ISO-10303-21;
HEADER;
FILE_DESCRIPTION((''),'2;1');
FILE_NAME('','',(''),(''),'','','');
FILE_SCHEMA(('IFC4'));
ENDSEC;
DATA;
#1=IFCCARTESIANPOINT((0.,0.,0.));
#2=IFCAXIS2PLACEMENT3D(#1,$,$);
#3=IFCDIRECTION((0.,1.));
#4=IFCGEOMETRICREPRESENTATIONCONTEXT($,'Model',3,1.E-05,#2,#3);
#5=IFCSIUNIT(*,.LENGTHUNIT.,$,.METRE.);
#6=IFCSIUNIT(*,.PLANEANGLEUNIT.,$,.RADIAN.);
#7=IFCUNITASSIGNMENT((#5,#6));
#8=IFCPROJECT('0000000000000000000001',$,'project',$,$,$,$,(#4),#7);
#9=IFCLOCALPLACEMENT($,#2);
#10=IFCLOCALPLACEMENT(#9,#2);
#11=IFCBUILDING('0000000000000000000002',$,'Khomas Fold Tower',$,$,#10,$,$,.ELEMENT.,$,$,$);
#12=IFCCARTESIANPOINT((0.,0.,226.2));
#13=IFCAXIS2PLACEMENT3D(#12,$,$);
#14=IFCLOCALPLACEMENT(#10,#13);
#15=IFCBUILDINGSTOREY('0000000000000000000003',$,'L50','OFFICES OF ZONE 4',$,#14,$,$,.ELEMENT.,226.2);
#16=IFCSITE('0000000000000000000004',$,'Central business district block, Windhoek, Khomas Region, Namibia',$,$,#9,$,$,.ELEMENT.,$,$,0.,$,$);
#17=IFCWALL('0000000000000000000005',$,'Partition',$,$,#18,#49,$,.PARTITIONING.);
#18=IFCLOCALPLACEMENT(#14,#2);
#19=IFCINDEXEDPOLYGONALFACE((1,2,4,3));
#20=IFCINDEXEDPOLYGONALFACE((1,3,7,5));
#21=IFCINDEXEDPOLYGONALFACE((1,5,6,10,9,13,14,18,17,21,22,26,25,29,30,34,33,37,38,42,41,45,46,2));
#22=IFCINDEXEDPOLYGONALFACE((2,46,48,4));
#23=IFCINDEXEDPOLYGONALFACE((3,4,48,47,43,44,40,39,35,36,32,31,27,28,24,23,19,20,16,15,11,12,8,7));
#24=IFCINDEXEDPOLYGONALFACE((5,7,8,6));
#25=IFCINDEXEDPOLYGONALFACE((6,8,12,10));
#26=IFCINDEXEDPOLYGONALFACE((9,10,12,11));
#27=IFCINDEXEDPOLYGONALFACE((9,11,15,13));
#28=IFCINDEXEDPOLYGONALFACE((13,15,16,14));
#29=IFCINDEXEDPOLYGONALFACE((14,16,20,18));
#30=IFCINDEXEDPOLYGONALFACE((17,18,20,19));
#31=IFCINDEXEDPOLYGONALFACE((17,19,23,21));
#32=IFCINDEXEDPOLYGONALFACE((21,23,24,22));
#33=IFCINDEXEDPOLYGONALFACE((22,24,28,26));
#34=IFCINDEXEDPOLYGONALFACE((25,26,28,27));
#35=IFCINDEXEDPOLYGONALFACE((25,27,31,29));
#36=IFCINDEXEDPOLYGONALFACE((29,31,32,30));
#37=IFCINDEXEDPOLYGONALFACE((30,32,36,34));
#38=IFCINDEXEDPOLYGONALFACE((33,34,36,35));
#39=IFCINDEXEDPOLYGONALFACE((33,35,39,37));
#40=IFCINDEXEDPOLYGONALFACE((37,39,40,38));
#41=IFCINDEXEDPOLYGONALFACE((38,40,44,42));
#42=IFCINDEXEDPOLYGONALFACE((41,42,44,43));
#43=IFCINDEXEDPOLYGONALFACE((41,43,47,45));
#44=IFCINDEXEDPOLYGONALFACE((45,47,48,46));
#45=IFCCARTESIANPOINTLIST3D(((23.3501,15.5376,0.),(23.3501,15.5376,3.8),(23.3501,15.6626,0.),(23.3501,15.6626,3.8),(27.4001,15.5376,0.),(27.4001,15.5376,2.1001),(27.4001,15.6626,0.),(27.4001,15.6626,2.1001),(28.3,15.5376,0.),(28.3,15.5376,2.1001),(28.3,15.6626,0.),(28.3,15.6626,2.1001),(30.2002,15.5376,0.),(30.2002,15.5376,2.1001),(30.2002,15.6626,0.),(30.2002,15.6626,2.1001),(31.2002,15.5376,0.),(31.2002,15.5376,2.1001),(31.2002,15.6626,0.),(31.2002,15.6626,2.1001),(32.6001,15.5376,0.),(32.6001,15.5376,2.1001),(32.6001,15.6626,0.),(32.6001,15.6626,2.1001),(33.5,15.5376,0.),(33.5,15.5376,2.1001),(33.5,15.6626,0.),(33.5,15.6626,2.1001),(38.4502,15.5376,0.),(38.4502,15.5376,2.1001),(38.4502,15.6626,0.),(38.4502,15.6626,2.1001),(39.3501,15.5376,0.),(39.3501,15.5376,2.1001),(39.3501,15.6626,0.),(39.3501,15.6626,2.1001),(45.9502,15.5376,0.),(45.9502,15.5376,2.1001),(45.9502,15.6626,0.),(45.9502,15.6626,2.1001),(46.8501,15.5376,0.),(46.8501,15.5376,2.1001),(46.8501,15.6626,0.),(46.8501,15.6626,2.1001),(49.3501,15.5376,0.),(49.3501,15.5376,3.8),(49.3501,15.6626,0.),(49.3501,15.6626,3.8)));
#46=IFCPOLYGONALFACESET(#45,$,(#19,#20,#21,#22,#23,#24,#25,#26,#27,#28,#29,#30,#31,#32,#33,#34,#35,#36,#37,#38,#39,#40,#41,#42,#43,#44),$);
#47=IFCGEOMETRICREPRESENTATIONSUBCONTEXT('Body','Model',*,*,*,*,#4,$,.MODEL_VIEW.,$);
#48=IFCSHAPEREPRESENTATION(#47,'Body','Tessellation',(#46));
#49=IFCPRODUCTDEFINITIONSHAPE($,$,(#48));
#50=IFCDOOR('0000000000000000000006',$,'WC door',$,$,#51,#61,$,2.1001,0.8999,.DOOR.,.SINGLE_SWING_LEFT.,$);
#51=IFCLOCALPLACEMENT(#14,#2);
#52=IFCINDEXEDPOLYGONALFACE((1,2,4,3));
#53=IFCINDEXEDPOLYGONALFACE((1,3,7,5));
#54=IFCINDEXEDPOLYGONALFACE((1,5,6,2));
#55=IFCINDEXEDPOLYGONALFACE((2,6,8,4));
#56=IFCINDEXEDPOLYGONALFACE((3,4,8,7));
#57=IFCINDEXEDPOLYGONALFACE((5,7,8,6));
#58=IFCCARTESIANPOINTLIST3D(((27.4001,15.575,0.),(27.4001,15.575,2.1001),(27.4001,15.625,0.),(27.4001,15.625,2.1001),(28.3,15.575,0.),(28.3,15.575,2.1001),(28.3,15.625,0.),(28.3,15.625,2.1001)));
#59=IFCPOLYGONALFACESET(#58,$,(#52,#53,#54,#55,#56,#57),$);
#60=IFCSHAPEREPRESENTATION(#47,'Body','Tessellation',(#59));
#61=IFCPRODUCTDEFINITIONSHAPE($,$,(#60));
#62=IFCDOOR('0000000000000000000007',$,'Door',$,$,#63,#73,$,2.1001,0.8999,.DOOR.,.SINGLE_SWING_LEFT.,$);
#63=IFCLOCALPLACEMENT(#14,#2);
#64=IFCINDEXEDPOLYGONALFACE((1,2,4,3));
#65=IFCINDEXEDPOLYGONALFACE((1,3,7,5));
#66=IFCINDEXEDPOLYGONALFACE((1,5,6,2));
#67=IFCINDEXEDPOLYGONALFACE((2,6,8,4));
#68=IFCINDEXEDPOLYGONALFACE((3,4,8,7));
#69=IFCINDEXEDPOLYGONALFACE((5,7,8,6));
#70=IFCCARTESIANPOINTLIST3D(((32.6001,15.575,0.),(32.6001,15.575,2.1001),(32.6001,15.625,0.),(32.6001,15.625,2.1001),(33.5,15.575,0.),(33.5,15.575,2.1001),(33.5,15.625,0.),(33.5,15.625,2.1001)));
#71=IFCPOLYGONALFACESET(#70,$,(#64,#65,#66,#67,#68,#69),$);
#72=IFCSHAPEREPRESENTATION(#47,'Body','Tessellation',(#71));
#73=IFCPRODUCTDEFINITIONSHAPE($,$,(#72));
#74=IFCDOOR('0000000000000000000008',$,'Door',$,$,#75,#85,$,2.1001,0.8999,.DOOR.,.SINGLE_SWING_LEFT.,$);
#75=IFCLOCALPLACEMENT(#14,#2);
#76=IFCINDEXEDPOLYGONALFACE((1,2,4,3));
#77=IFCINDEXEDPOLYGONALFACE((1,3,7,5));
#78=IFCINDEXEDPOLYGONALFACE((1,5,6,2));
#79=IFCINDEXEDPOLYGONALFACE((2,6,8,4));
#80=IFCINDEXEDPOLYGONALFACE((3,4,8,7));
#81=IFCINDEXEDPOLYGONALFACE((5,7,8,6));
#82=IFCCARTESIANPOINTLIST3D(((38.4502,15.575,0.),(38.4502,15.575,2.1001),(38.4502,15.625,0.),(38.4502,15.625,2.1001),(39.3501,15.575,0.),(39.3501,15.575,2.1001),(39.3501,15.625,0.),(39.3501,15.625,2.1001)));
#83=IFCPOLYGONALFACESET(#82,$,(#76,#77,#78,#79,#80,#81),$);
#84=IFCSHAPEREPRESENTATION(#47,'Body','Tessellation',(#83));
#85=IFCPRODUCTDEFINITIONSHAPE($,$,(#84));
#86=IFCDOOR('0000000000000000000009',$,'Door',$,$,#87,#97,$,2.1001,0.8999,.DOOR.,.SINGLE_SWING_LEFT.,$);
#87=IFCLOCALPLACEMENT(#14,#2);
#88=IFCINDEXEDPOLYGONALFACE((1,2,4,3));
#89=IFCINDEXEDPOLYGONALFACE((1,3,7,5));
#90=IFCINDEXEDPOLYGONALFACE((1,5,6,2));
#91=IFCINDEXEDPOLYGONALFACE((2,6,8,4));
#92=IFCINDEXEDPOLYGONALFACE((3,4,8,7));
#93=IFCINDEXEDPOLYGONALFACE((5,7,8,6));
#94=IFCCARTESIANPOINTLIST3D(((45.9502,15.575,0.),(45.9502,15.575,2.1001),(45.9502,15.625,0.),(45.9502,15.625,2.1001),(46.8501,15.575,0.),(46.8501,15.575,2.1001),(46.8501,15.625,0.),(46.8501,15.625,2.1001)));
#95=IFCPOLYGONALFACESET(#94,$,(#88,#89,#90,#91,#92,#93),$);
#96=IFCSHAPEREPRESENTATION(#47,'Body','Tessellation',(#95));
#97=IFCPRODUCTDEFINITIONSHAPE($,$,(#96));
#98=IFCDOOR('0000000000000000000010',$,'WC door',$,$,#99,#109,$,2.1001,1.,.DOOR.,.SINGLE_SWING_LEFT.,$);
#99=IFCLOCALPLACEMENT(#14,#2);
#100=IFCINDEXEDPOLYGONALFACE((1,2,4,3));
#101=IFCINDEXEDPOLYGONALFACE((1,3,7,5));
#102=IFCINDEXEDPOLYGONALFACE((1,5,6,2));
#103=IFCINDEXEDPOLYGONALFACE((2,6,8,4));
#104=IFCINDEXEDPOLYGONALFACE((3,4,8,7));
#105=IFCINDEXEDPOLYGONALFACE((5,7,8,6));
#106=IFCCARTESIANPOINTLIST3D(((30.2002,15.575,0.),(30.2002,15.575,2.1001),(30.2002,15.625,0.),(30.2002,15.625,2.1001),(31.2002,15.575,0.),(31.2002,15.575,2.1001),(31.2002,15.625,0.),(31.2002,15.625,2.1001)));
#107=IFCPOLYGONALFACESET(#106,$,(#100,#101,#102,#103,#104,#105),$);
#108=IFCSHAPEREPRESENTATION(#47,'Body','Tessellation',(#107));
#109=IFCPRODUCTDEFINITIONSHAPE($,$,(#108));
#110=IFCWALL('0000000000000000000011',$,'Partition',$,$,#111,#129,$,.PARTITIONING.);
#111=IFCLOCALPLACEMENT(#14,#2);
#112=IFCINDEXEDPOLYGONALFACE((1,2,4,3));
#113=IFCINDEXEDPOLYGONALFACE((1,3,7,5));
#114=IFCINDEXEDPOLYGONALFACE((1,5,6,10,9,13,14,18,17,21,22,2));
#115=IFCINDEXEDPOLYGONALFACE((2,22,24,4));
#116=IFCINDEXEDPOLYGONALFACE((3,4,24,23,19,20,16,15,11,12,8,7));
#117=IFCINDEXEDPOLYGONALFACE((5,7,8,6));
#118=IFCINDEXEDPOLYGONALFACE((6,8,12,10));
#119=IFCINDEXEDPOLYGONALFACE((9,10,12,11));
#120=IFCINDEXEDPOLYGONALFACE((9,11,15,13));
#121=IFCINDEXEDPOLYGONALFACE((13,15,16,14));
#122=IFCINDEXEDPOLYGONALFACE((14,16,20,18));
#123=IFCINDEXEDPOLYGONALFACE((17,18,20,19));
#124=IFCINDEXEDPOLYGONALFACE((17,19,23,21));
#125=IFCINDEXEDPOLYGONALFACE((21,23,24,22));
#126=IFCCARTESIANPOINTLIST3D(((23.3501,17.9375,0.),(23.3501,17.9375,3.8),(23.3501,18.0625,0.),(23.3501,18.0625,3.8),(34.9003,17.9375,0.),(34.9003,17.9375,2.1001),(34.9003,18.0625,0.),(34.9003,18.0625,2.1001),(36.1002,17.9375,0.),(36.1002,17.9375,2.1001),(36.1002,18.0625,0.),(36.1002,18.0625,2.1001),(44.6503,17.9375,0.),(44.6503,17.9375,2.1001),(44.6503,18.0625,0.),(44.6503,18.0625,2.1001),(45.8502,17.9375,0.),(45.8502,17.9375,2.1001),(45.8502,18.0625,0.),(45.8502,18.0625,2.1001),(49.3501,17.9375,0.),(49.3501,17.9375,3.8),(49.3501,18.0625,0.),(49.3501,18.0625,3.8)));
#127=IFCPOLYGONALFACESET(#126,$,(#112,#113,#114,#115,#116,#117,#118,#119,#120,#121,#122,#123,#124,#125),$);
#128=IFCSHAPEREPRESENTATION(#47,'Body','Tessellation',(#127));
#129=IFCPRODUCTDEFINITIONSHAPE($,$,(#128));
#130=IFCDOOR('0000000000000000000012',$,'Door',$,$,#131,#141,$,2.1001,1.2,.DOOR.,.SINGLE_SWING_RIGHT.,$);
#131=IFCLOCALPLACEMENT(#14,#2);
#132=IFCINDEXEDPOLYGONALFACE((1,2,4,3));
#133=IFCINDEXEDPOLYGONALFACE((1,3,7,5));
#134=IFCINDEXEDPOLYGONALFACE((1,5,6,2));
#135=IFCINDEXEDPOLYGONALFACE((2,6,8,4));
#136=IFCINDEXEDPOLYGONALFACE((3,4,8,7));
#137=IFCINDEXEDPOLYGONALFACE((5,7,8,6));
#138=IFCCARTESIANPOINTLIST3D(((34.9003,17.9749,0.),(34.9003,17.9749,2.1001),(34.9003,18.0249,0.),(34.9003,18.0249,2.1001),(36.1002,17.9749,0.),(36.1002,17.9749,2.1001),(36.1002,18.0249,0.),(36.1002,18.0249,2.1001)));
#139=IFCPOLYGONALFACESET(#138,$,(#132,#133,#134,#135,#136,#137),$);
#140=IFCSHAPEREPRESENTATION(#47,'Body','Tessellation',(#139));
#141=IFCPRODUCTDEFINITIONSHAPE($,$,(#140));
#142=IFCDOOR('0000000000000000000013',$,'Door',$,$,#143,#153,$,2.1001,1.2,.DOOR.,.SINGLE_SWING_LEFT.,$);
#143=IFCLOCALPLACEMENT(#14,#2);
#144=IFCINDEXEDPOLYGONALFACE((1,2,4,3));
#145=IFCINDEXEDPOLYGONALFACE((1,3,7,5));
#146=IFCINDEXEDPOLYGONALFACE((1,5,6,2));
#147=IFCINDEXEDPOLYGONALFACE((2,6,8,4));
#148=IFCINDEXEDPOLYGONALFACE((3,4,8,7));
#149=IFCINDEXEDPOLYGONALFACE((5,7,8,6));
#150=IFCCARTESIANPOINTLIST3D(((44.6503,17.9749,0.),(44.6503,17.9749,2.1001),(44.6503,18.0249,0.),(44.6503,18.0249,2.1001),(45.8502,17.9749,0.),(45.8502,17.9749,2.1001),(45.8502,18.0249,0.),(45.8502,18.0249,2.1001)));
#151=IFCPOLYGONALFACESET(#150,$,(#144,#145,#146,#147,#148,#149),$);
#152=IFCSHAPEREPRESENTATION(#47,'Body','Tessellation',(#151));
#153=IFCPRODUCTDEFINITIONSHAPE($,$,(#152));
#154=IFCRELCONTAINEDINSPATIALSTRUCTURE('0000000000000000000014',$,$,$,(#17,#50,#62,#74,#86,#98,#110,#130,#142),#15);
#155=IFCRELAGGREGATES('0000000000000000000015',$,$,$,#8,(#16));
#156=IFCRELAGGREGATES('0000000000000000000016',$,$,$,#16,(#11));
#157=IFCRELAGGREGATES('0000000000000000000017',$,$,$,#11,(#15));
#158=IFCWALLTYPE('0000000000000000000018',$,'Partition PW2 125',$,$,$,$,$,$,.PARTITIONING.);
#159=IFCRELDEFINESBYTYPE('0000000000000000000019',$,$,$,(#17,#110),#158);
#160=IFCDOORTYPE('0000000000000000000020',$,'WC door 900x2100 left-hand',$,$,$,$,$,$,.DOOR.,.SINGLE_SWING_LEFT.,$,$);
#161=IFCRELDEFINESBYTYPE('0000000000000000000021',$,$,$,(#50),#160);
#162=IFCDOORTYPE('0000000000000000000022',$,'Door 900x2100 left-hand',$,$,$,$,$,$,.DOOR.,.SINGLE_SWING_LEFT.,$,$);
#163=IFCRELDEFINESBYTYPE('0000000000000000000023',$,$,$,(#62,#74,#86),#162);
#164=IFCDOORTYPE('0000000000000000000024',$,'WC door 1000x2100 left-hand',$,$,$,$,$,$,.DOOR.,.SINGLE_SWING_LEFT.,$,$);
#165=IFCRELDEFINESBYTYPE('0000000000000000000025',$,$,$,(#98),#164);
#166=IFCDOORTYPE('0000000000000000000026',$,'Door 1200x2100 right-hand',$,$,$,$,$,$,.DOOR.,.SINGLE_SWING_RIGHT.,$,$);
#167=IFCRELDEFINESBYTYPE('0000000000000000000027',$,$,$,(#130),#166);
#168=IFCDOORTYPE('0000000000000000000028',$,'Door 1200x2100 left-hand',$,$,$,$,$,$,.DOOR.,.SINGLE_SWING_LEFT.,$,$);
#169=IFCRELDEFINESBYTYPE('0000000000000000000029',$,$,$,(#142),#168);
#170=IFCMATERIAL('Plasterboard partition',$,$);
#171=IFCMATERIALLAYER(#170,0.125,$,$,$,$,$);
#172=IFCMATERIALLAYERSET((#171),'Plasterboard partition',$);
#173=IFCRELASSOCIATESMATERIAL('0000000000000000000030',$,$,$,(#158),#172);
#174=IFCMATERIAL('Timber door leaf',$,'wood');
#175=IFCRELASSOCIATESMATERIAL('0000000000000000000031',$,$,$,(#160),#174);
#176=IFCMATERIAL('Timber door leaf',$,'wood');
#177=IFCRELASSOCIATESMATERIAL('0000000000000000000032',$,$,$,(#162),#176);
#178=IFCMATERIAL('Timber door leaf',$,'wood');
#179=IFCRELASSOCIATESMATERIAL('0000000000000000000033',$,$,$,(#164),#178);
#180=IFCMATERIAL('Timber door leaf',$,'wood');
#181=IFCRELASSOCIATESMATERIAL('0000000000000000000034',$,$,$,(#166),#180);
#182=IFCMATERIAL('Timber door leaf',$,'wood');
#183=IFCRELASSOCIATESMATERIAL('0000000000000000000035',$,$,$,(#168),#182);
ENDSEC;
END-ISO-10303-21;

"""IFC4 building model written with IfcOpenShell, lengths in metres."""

from ifc_helpers import new_model, si_unit, direction, frame, frame_2d, origin, place, context, subcontext, project, spatial, rectangle, extrude, source, transform, mapped, material, layer, layer_set, type_object, element, fill, save


model = new_model("IFC4")

# Units and contexts
model_context = context("Model", 3, precision=1e-05, world=origin(), true_north=direction((0.0, 1.0)))
body_context = subcontext(model_context, "Body", "Model", "MODEL_VIEW")
ifc_project = project(units=[si_unit("LENGTHUNIT", "METRE"), si_unit("PLANEANGLEUNIT", "RADIAN")], contexts=[model_context])

# Site, building, storey
site_placement = place(None, origin())
site = spatial("IfcSite", under=ifc_project, at=site_placement, Name="Central business district block, Windhoek, Khomas Region, Namibia", CompositionType="ELEMENT", RefElevation=0.0)
building_placement = place(site_placement, origin())
building = spatial("IfcBuilding", under=site, at=building_placement, Name="Khomas Fold Tower", CompositionType="ELEMENT")
storey_placement = place(building_placement, frame((0.0, 0.0, 226.2)))
storey = spatial("IfcBuildingStorey", under=building, at=storey_placement, Name="L50", Description="OFFICES OF ZONE 4", CompositionType="ELEMENT", Elevation=226.2)

# Walls, openings, doors
ifc_material_1 = material(Name="Plasterboard partition")
ifc_layer_1 = layer(ifc_material_1, 0.125)
ifc_layer_set_1 = layer_set([ifc_layer_1], Name="Plasterboard partition")
wall_type_1 = type_object("IfcWallType", Name="Partition PW2 125", PredefinedType="PARTITIONING", material=ifc_layer_set_1)
shared_shape_1 = source(origin(), body_context, "Body", "SweptSolid", [
    extrude(rectangle(XDim=26.0, YDim=0.125, at=frame_2d((13.0, 0.0))), origin(), (0.0, 0.0, 1.0), 3.8),
])
wall_1_placement = place(storey_placement, frame((23.3501, 15.6001, 0.0), z_axis=(0.0, 0.0, 1.0), x_axis=(1.0, 0.0, 0.0)))
wall_1 = element("IfcWall", 1, at=wall_1_placement, inside=storey, type_object=wall_type_1, Name="Partition", PredefinedType="PARTITIONING", context=body_context, shape_type="MappedRepresentation", body=[
    mapped(shared_shape_1, transform((0.0, 0.0, 0.0))),
])
shared_shape_2 = source(origin(), body_context, "Body", "SweptSolid", [
    extrude(rectangle(XDim=0.8999, YDim=2.1001, at=frame_2d((0.45, 1.05))), frame((0.0, 0.0725, 0.0), z_axis=(0.0, -1.0, 0.0), x_axis=(1.0, 0.0, 0.0)), (0.0, 0.0, 1.0), 0.145),
])
opening_1_placement = place(wall_1_placement, frame((4.05, 0.0, 0.0)))
opening_1 = element("IfcOpeningElement", 2, at=opening_1_placement, cuts=wall_1, PredefinedType="OPENING", context=body_context, shape_type="MappedRepresentation", body=[
    mapped(shared_shape_2, transform((0.0, 0.0, 0.0))),
])
shared_shape_3 = source(origin(), body_context, "Body", "SweptSolid", [
    extrude(rectangle(XDim=1.0, YDim=2.1001, at=frame_2d((0.5, 1.05))), frame((0.0, 0.0725, 0.0), z_axis=(0.0, -1.0, 0.0), x_axis=(1.0, 0.0, 0.0)), (0.0, 0.0, 1.0), 0.145),
])
opening_2_placement = place(wall_1_placement, frame((6.8501, 0.0, 0.0)))
opening_2 = element("IfcOpeningElement", 3, at=opening_2_placement, cuts=wall_1, PredefinedType="OPENING", context=body_context, shape_type="MappedRepresentation", body=[
    mapped(shared_shape_3, transform((0.0, 0.0, 0.0))),
])
opening_3_placement = place(wall_1_placement, frame((9.25, 0.0, 0.0)))
opening_3 = element("IfcOpeningElement", 4, at=opening_3_placement, cuts=wall_1, PredefinedType="OPENING", context=body_context, shape_type="MappedRepresentation", body=[
    mapped(shared_shape_2, transform((0.0, 0.0, 0.0))),
])
opening_4_placement = place(wall_1_placement, frame((15.1001, 0.0, 0.0)))
opening_4 = element("IfcOpeningElement", 5, at=opening_4_placement, cuts=wall_1, PredefinedType="OPENING", context=body_context, shape_type="MappedRepresentation", body=[
    mapped(shared_shape_2, transform((0.0, 0.0, 0.0))),
])
opening_5_placement = place(wall_1_placement, frame((22.6001, 0.0, 0.0)))
opening_5 = element("IfcOpeningElement", 6, at=opening_5_placement, cuts=wall_1, PredefinedType="OPENING", context=body_context, shape_type="MappedRepresentation", body=[
    mapped(shared_shape_2, transform((0.0, 0.0, 0.0))),
])
ifc_material_2 = material(Name="Timber door leaf", Category="wood")
door_type_1 = type_object("IfcDoorType", Name="WC door 900x2100 left-hand", OperationType="SINGLE_SWING_LEFT", PredefinedType="DOOR", material=ifc_material_2)
shared_shape_4 = source(origin(), body_context, "Body", "SweptSolid", [
    extrude(rectangle(XDim=0.8999, YDim=2.1001, at=frame_2d((0.45, 1.05))), frame((0.0, 0.0249, 0.0), z_axis=(0.0, -1.0, 0.0), x_axis=(1.0, 0.0, 0.0)), (0.0, 0.0, 1.0), 0.05),
])
door_1_placement = place(opening_1_placement, origin())
door_1 = element("IfcDoor", 7, at=door_1_placement, inside=storey, type_object=door_type_1, Name="WC door", OperationType="SINGLE_SWING_LEFT", OverallHeight=2.1001, OverallWidth=0.8999, PredefinedType="DOOR", context=body_context, shape_type="MappedRepresentation", body=[
    mapped(shared_shape_4, transform((0.0, 0.0, 0.0))),
])
fill(opening_1, door_1)
ifc_material_3 = material(Name="Timber door leaf", Category="wood")
door_type_2 = type_object("IfcDoorType", Name="Door 900x2100 left-hand", OperationType="SINGLE_SWING_LEFT", PredefinedType="DOOR", material=ifc_material_3)
door_2_placement = place(opening_3_placement, origin())
door_2 = element("IfcDoor", 8, at=door_2_placement, inside=storey, type_object=door_type_2, Name="Door", OperationType="SINGLE_SWING_LEFT", OverallHeight=2.1001, OverallWidth=0.8999, PredefinedType="DOOR", context=body_context, shape_type="MappedRepresentation", body=[
    mapped(shared_shape_4, transform((0.0, 0.0, 0.0))),
])
fill(opening_3, door_2)
door_3_placement = place(opening_4_placement, origin())
door_3 = element("IfcDoor", 9, at=door_3_placement, inside=storey, type_object=door_type_2, Name="Door", OperationType="SINGLE_SWING_LEFT", OverallHeight=2.1001, OverallWidth=0.8999, PredefinedType="DOOR", context=body_context, shape_type="MappedRepresentation", body=[
    mapped(shared_shape_4, transform((0.0, 0.0, 0.0))),
])
fill(opening_4, door_3)
door_4_placement = place(opening_5_placement, origin())
door_4 = element("IfcDoor", 10, at=door_4_placement, inside=storey, type_object=door_type_2, Name="Door", OperationType="SINGLE_SWING_LEFT", OverallHeight=2.1001, OverallWidth=0.8999, PredefinedType="DOOR", context=body_context, shape_type="MappedRepresentation", body=[
    mapped(shared_shape_4, transform((0.0, 0.0, 0.0))),
])
fill(opening_5, door_4)
ifc_material_4 = material(Name="Timber door leaf", Category="wood")
door_type_3 = type_object("IfcDoorType", Name="WC door 1000x2100 left-hand", OperationType="SINGLE_SWING_LEFT", PredefinedType="DOOR", material=ifc_material_4)
shared_shape_5 = source(origin(), body_context, "Body", "SweptSolid", [
    extrude(rectangle(XDim=1.0, YDim=2.1001, at=frame_2d((0.5, 1.05))), frame((0.0, 0.0249, 0.0), z_axis=(0.0, -1.0, 0.0), x_axis=(1.0, 0.0, 0.0)), (0.0, 0.0, 1.0), 0.05),
])
door_5_placement = place(opening_2_placement, origin())
door_5 = element("IfcDoor", 11, at=door_5_placement, inside=storey, type_object=door_type_3, Name="WC door", OperationType="SINGLE_SWING_LEFT", OverallHeight=2.1001, OverallWidth=1.0, PredefinedType="DOOR", context=body_context, shape_type="MappedRepresentation", body=[
    mapped(shared_shape_5, transform((0.0, 0.0, 0.0))),
])
fill(opening_2, door_5)
wall_2_placement = place(storey_placement, frame((23.3501, 18.0, 0.0), z_axis=(0.0, 0.0, 1.0), x_axis=(1.0, 0.0, 0.0)))
wall_2 = element("IfcWall", 12, at=wall_2_placement, inside=storey, type_object=wall_type_1, Name="Partition", PredefinedType="PARTITIONING", context=body_context, shape_type="MappedRepresentation", body=[
    mapped(shared_shape_1, transform((0.0, 0.0, 0.0))),
])
shared_shape_6 = source(origin(), body_context, "Body", "SweptSolid", [
    extrude(rectangle(XDim=1.2, YDim=2.1001, at=frame_2d((0.6001, 1.05))), frame((0.0, 0.0725, 0.0), z_axis=(0.0, -1.0, 0.0), x_axis=(1.0, 0.0, 0.0)), (0.0, 0.0, 1.0), 0.145),
])
opening_6_placement = place(wall_2_placement, frame((11.55, 0.0, 0.0)))
opening_6 = element("IfcOpeningElement", 13, at=opening_6_placement, cuts=wall_2, PredefinedType="OPENING", context=body_context, shape_type="MappedRepresentation", body=[
    mapped(shared_shape_6, transform((0.0, 0.0, 0.0))),
])
opening_7_placement = place(wall_2_placement, frame((21.3, 0.0, 0.0)))
opening_7 = element("IfcOpeningElement", 14, at=opening_7_placement, cuts=wall_2, PredefinedType="OPENING", context=body_context, shape_type="MappedRepresentation", body=[
    mapped(shared_shape_6, transform((0.0, 0.0, 0.0))),
])
ifc_material_5 = material(Name="Timber door leaf", Category="wood")
door_type_4 = type_object("IfcDoorType", Name="Door 1200x2100 right-hand", OperationType="SINGLE_SWING_RIGHT", PredefinedType="DOOR", material=ifc_material_5)
shared_shape_7 = source(origin(), body_context, "Body", "SweptSolid", [
    extrude(rectangle(XDim=1.2, YDim=2.1001, at=frame_2d((0.6001, 1.05))), frame((0.0, 0.0249, 0.0), z_axis=(0.0, -1.0, 0.0), x_axis=(1.0, 0.0, 0.0)), (0.0, 0.0, 1.0), 0.05),
])
door_6_placement = place(opening_6_placement, origin())
door_6 = element("IfcDoor", 15, at=door_6_placement, inside=storey, type_object=door_type_4, Name="Door", OperationType="SINGLE_SWING_RIGHT", OverallHeight=2.1001, OverallWidth=1.2, PredefinedType="DOOR", context=body_context, shape_type="MappedRepresentation", body=[
    mapped(shared_shape_7, transform((0.0, 0.0, 0.0))),
])
fill(opening_6, door_6)
ifc_material_6 = material(Name="Timber door leaf", Category="wood")
door_type_5 = type_object("IfcDoorType", Name="Door 1200x2100 left-hand", OperationType="SINGLE_SWING_LEFT", PredefinedType="DOOR", material=ifc_material_6)
door_7_placement = place(opening_7_placement, origin())
door_7 = element("IfcDoor", 16, at=door_7_placement, inside=storey, type_object=door_type_5, Name="Door", OperationType="SINGLE_SWING_LEFT", OverallHeight=2.1001, OverallWidth=1.2, PredefinedType="DOOR", context=body_context, shape_type="MappedRepresentation", body=[
    mapped(shared_shape_7, transform((0.0, 0.0, 0.0))),
])
fill(opening_7, door_7)

save(model, "model.ifc")
